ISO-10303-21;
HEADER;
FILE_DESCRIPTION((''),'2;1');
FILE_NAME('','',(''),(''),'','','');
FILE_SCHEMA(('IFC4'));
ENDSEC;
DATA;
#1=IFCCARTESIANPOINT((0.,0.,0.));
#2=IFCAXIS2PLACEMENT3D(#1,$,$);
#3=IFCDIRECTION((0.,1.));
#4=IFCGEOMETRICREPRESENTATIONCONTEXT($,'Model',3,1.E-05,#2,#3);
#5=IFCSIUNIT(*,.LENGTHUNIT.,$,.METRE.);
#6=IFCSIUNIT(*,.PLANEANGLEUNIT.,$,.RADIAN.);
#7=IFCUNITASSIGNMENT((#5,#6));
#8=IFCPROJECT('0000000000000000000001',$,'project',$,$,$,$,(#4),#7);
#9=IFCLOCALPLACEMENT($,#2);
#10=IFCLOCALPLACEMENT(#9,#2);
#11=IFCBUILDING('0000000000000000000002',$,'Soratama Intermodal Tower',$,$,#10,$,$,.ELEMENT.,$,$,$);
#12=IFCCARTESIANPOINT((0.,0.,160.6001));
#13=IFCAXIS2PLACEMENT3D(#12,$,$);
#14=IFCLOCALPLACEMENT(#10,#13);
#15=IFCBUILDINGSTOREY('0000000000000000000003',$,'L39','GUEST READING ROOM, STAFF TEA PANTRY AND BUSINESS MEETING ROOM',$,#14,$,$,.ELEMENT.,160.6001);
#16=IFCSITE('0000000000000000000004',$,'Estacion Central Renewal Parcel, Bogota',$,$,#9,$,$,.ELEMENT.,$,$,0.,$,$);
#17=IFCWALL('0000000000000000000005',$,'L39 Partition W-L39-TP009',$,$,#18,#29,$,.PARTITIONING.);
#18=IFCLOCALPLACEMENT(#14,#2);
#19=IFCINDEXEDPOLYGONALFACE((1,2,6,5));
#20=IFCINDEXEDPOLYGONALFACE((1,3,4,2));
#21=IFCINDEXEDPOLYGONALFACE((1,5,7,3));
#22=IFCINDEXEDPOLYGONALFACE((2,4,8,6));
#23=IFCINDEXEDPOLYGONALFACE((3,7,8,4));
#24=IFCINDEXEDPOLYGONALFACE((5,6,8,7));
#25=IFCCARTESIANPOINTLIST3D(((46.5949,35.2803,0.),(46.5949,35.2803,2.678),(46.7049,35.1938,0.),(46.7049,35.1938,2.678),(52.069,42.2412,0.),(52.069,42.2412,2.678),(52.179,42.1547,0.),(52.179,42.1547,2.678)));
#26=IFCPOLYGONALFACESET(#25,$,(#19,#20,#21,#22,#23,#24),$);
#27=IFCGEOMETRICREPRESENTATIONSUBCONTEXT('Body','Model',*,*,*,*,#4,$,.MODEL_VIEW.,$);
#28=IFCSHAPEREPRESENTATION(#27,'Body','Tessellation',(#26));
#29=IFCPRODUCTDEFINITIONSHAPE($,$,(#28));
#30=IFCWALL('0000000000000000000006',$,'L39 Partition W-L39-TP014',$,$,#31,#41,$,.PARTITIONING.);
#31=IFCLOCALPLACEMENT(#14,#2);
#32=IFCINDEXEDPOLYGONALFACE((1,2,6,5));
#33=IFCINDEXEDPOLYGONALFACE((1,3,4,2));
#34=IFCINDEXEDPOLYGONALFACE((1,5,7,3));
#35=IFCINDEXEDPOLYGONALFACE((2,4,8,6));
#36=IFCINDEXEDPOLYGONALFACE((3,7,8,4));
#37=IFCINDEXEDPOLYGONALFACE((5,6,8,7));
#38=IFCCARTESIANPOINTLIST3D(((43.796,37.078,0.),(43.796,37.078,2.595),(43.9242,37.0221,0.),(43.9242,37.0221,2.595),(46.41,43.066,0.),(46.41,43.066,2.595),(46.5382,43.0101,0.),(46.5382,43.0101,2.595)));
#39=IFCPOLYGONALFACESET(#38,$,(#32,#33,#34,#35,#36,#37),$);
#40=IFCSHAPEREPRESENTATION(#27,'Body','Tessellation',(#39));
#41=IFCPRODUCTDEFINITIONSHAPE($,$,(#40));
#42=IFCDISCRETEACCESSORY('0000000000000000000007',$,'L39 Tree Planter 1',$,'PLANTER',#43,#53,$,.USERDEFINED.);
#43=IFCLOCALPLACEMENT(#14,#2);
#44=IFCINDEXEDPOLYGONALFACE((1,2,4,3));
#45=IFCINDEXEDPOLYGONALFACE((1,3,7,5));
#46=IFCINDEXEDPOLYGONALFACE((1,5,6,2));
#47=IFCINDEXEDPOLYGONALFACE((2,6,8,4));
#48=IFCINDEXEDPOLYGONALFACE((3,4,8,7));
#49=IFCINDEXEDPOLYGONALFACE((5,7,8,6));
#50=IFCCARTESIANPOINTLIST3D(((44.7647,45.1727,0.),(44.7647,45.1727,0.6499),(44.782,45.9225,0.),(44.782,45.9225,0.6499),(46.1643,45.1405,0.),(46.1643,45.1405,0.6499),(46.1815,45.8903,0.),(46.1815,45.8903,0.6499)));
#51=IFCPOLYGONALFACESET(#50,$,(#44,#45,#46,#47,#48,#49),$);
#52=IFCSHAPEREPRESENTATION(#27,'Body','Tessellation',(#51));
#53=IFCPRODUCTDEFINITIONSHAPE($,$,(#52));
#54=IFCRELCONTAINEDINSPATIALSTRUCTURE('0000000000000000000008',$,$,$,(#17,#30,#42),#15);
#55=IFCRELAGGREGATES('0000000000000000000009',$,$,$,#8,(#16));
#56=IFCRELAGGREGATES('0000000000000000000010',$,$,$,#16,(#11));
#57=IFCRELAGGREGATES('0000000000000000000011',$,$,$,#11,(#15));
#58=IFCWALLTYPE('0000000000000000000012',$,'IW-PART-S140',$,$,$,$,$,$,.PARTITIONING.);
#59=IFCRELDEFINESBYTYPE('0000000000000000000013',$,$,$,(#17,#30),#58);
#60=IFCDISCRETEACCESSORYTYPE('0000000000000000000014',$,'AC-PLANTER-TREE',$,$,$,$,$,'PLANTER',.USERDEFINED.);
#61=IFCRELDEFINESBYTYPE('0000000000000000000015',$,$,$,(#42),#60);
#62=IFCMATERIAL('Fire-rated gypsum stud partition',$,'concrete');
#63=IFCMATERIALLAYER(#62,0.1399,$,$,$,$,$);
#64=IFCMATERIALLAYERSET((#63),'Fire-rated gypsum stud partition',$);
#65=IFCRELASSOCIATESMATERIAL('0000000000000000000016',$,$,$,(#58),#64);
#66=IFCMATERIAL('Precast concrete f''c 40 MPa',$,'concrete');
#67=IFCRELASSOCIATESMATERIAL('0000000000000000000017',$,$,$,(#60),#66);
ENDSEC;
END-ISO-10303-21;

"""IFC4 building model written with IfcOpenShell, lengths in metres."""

from ifc_helpers import new_model, si_unit, direction, frame, frame_2d, origin, origin_2d, place, context, subcontext, project, spatial, rectangle, extrude, material, layer, layer_set, type_object, element, save


model = new_model("IFC4")

# Units and contexts
model_context = context("Model", 3, precision=1e-05, world=origin(), true_north=direction((0.0, 1.0)))
body_context = subcontext(model_context, "Body", "Model", "MODEL_VIEW")
ifc_project = project(units=[si_unit("LENGTHUNIT", "METRE"), si_unit("PLANEANGLEUNIT", "RADIAN")], contexts=[model_context])

# Site, building, storey
site_placement = place(None, origin())
site = spatial("IfcSite", under=ifc_project, at=site_placement, Name="Estacion Central Renewal Parcel, Bogota", CompositionType="ELEMENT", RefElevation=0.0)
building_placement = place(site_placement, origin())
building = spatial("IfcBuilding", under=site, at=building_placement, Name="Soratama Intermodal Tower", CompositionType="ELEMENT")
storey_placement = place(building_placement, frame((0.0, 0.0, 160.6001)))
storey = spatial("IfcBuildingStorey", under=building, at=storey_placement, Name="L39", Description="GUEST READING ROOM, STAFF TEA PANTRY AND BUSINESS MEETING ROOM", CompositionType="ELEMENT", Elevation=160.6001)

# Walls
ifc_material_1 = material(Name="Fire-rated gypsum stud partition", Category="concrete")
ifc_layer_1 = layer(ifc_material_1, 0.1399)
ifc_layer_set_1 = layer_set([ifc_layer_1], Name="Fire-rated gypsum stud partition")
wall_type_1 = type_object("IfcWallType", Name="IW-PART-S140", PredefinedType="PARTITIONING", material=ifc_layer_set_1)
wall_1_placement = place(storey_placement, frame((46.6499, 35.2371, 0.0), z_axis=(0.0, 0.0, 1.0), x_axis=(0.618158, 0.786054, 0.0)))
element("IfcWall", 1, at=wall_1_placement, inside=storey, type_object=wall_type_1, Name="L39 Partition W-L39-TP009", PredefinedType="PARTITIONING", context=body_context, shape_type="SweptSolid", body=[
    extrude(rectangle(XDim=8.8555, YDim=0.1399, at=frame_2d((4.4277, 0.0))), origin(), (0.0, 0.0, 1.0), 2.678),
])
wall_2_placement = place(storey_placement, frame((43.8601, 37.05, 0.0), z_axis=(0.0, 0.0, 1.0), x_axis=(0.40008, 0.91648, 0.0)))
element("IfcWall", 2, at=wall_2_placement, inside=storey, type_object=wall_type_1, Name="L39 Partition W-L39-TP014", PredefinedType="PARTITIONING", context=body_context, shape_type="SweptSolid", body=[
    extrude(rectangle(XDim=6.5337, YDim=0.1399, at=frame_2d((3.2668, 0.0))), origin(), (0.0, 0.0, 1.0), 2.595),
])

# Discrete accessory
ifc_material_2 = material(Name="Precast concrete f'c 40 MPa", Category="concrete")
discrete_accessory_type = type_object("IfcDiscreteAccessoryType", Name="AC-PLANTER-TREE", ElementType="PLANTER", PredefinedType="USERDEFINED", material=ifc_material_2)
discrete_accessory_placement = place(storey_placement, frame((45.4731, 45.5315, 0.0), z_axis=(0.0, 0.0, 1.0), x_axis=(0.023036, 0.999735, 0.0)))
element("IfcDiscreteAccessory", 3, at=discrete_accessory_placement, inside=storey, type_object=discrete_accessory_type, Name="L39 Tree Planter 1", ObjectType="PLANTER", PredefinedType="USERDEFINED", context=body_context, shape_type="SweptSolid", body=[
    extrude(rectangle(XDim=0.75, YDim=1.3999, at=origin_2d()), origin(), (0.0, 0.0, 1.0), 0.6499),
])

save(model, "model.ifc")
